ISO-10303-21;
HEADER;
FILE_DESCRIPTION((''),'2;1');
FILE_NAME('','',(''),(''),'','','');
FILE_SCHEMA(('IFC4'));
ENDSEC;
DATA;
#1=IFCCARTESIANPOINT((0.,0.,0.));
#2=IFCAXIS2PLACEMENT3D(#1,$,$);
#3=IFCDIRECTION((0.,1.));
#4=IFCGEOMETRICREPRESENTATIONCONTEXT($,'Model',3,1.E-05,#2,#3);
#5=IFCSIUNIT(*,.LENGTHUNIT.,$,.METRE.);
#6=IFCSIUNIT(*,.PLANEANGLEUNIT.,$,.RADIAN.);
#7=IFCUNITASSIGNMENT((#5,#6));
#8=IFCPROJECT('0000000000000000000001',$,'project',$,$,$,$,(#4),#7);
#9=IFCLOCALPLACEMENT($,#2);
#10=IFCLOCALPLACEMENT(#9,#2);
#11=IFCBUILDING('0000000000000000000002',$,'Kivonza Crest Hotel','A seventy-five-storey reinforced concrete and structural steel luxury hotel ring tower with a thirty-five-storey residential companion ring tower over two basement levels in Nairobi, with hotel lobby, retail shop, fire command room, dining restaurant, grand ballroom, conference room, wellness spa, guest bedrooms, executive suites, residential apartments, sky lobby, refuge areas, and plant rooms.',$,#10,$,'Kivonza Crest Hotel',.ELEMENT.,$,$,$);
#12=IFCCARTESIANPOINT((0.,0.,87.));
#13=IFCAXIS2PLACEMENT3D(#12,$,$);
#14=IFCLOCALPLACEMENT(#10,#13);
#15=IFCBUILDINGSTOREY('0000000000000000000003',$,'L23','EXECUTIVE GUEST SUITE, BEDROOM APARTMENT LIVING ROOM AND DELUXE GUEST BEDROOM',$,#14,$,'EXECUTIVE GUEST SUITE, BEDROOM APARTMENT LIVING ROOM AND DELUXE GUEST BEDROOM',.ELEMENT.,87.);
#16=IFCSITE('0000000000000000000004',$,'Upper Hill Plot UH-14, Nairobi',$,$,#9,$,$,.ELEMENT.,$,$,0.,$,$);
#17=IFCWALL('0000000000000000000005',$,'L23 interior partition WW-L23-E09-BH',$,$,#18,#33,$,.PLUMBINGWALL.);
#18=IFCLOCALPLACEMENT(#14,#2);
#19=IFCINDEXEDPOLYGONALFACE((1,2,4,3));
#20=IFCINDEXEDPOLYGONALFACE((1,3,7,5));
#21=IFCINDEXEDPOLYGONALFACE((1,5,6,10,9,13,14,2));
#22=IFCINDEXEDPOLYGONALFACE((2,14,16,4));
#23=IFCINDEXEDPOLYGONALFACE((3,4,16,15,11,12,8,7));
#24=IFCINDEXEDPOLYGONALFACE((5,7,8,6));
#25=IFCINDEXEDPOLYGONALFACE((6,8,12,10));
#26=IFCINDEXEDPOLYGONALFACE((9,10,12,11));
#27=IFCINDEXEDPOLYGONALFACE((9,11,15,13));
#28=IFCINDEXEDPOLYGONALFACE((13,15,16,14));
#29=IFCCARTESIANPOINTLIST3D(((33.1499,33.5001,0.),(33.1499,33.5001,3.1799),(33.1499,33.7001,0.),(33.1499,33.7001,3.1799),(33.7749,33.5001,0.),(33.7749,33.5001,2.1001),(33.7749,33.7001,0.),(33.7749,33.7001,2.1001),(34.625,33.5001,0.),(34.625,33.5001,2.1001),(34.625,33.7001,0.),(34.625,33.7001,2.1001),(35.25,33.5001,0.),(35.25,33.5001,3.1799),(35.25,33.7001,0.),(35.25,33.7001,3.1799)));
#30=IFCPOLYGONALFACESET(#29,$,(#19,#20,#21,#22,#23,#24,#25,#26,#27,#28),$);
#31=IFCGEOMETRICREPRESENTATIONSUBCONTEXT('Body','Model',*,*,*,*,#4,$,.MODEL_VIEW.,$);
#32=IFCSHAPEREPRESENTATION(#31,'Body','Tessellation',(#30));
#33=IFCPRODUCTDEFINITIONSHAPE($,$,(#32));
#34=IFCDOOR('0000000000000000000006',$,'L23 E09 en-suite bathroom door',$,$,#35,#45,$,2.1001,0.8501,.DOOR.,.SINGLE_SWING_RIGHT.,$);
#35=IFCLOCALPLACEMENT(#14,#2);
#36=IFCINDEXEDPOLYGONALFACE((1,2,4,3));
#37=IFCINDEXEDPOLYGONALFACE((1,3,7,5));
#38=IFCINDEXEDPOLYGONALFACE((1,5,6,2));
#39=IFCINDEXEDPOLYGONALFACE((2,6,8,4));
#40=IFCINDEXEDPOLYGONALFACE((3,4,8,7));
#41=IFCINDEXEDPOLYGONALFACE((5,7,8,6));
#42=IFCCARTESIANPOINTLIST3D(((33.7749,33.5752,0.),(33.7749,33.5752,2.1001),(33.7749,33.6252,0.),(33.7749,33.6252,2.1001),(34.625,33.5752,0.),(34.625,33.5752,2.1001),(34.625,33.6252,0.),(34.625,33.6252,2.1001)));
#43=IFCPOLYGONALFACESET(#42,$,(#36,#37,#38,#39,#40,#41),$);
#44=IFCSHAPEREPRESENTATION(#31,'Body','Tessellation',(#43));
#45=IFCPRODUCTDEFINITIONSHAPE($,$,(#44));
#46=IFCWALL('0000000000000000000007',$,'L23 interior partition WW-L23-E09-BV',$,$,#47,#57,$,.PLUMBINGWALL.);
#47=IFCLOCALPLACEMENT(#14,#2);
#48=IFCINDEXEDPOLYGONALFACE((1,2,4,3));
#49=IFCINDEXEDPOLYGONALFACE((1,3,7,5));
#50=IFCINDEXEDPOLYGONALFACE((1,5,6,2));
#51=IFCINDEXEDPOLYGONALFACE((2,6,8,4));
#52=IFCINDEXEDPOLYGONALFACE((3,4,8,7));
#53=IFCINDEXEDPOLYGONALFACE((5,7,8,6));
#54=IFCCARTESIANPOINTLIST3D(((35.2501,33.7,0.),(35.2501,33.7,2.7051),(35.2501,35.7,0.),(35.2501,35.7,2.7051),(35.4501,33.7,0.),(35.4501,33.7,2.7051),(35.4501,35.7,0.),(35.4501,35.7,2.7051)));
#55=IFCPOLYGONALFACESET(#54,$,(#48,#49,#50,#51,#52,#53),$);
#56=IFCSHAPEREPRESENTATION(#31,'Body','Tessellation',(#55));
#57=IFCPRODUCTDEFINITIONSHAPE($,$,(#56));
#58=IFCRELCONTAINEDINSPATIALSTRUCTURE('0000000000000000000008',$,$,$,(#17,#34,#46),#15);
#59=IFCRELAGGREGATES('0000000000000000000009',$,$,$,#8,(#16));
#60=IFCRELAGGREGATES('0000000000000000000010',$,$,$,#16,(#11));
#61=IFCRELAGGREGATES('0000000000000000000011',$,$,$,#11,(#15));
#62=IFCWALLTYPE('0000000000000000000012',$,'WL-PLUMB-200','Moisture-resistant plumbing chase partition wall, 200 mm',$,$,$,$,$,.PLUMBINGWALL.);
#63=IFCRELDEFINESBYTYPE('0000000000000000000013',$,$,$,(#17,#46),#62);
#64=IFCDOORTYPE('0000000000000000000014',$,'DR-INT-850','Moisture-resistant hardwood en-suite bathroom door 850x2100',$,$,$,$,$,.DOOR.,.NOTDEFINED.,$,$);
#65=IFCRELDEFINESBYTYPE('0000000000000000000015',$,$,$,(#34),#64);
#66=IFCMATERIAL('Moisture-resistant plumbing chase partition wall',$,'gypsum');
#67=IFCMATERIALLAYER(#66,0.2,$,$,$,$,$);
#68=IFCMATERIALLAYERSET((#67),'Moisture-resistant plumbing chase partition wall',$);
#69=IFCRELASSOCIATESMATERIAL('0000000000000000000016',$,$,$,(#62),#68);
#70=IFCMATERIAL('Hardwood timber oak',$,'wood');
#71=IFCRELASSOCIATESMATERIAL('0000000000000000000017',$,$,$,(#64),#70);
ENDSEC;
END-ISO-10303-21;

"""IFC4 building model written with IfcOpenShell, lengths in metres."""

from ifc_helpers import new_model, si_unit, direction, frame, frame_2d, origin, place, context, subcontext, project, spatial, rectangle, extrude, material, layer, layer_set, type_object, element, fill, save


model = new_model("IFC4")

# Units and contexts
model_context = context("Model", 3, precision=1e-05, world=origin(), true_north=direction((0.0, 1.0)))
body_context = subcontext(model_context, "Body", "Model", "MODEL_VIEW")
ifc_project = project(units=[si_unit("LENGTHUNIT", "METRE"), si_unit("PLANEANGLEUNIT", "RADIAN")], contexts=[model_context])

# Site, building, storey
site_placement = place(None, origin())
site = spatial("IfcSite", under=ifc_project, at=site_placement, Name="Upper Hill Plot UH-14, Nairobi", CompositionType="ELEMENT", RefElevation=0.0)
building_placement = place(site_placement, origin())
building = spatial("IfcBuilding", under=site, at=building_placement, Name="Kivonza Crest Hotel", Description="A seventy-five-storey reinforced concrete and structural steel luxury hotel ring tower with a thirty-five-storey residential companion ring tower over two basement levels in Nairobi, with hotel lobby, retail shop, fire command room, dining restaurant, grand ballroom, conference room, wellness spa, guest bedrooms, executive suites, residential apartments, sky lobby, refuge areas, and plant rooms.", LongName="Kivonza Crest Hotel", CompositionType="ELEMENT")
storey_placement = place(building_placement, frame((0.0, 0.0, 87.0)))
storey = spatial("IfcBuildingStorey", under=building, at=storey_placement, Name="L23", Description="EXECUTIVE GUEST SUITE, BEDROOM APARTMENT LIVING ROOM AND DELUXE GUEST BEDROOM", LongName="EXECUTIVE GUEST SUITE, BEDROOM APARTMENT LIVING ROOM AND DELUXE GUEST BEDROOM", CompositionType="ELEMENT", Elevation=87.0)

# Shared definitions
ifc_material_1 = material(Name="Hardwood timber oak", Category="wood")
ifc_material_2 = material(Name="Moisture-resistant plumbing chase partition wall", Category="gypsum")
ifc_layer_1 = layer(ifc_material_2, 0.2)
ifc_layer_set_1 = layer_set([ifc_layer_1], Name="Moisture-resistant plumbing chase partition wall")
wall_type_1 = type_object("IfcWallType", Name="WL-PLUMB-200", Description="Moisture-resistant plumbing chase partition wall, 200 mm", PredefinedType="PLUMBINGWALL", material=ifc_layer_set_1)
door_type_1 = type_object("IfcDoorType", Name="DR-INT-850", Description="Moisture-resistant hardwood en-suite bathroom door 850x2100", OperationType="NOTDEFINED", PredefinedType="DOOR", material=ifc_material_1)

# Wall, opening, door
wall_1_placement = place(storey_placement, frame((33.1499, 33.6001, 0.0), z_axis=(0.0, 0.0, 1.0), x_axis=(1.0, 0.0, 0.0)))
wall_1 = element("IfcWall", 1, at=wall_1_placement, inside=storey, type_object=wall_type_1, Name="L23 interior partition WW-L23-E09-BH", PredefinedType="PLUMBINGWALL", context=body_context, shape_type="SweptSolid", body=[
    extrude(rectangle(XDim=2.1001, YDim=0.2, at=frame_2d((1.05, 0.0))), origin(), (0.0, 0.0, 1.0), 3.1799),
])
opening_1_placement = place(wall_1_placement, frame((0.625, 0.0, 0.0)))
opening_1 = element("IfcOpeningElement", 2, at=opening_1_placement, cuts=wall_1, PredefinedType="OPENING", context=body_context, shape_type="SweptSolid", body=[
    extrude(rectangle(XDim=0.8501, YDim=2.1001, at=frame_2d((0.425, 1.05))), frame((0.0, 0.1099, 0.0), z_axis=(0.0, -1.0, 0.0), x_axis=(1.0, 0.0, 0.0)), (0.0, 0.0, 1.0), 0.22),
])
door_1_placement = place(opening_1_placement, frame((0.8501, 0.0, 0.0), z_axis=(0.0, 0.0, 1.0), x_axis=(-1.0, 0.0, 0.0)))
door_1 = element("IfcDoor", 3, at=door_1_placement, inside=storey, type_object=door_type_1, Name="L23 E09 en-suite bathroom door", OperationType="SINGLE_SWING_RIGHT", OverallHeight=2.1001, OverallWidth=0.8501, PredefinedType="DOOR", context=body_context, shape_type="SweptSolid", body=[
    extrude(rectangle(XDim=0.8501, YDim=2.1001, at=frame_2d((0.425, 1.05))), frame((0.0, 0.0249, 0.0), z_axis=(0.0, -1.0, 0.0), x_axis=(1.0, 0.0, 0.0)), (0.0, 0.0, 1.0), 0.05),
])
fill(opening_1, door_1)

# Wall
wall_2_placement = place(storey_placement, frame((35.3501, 33.7, 0.0), z_axis=(0.0, 0.0, 1.0), x_axis=(0.0, 1.0, 0.0)))
element("IfcWall", 4, at=wall_2_placement, inside=storey, type_object=wall_type_1, Name="L23 interior partition WW-L23-E09-BV", PredefinedType="PLUMBINGWALL", context=body_context, shape_type="SweptSolid", body=[
    extrude(rectangle(XDim=2.0, YDim=0.2, at=frame_2d((1.0, 0.0))), origin(), (0.0, 0.0, 1.0), 2.7051),
])

save(model, "model.ifc")
